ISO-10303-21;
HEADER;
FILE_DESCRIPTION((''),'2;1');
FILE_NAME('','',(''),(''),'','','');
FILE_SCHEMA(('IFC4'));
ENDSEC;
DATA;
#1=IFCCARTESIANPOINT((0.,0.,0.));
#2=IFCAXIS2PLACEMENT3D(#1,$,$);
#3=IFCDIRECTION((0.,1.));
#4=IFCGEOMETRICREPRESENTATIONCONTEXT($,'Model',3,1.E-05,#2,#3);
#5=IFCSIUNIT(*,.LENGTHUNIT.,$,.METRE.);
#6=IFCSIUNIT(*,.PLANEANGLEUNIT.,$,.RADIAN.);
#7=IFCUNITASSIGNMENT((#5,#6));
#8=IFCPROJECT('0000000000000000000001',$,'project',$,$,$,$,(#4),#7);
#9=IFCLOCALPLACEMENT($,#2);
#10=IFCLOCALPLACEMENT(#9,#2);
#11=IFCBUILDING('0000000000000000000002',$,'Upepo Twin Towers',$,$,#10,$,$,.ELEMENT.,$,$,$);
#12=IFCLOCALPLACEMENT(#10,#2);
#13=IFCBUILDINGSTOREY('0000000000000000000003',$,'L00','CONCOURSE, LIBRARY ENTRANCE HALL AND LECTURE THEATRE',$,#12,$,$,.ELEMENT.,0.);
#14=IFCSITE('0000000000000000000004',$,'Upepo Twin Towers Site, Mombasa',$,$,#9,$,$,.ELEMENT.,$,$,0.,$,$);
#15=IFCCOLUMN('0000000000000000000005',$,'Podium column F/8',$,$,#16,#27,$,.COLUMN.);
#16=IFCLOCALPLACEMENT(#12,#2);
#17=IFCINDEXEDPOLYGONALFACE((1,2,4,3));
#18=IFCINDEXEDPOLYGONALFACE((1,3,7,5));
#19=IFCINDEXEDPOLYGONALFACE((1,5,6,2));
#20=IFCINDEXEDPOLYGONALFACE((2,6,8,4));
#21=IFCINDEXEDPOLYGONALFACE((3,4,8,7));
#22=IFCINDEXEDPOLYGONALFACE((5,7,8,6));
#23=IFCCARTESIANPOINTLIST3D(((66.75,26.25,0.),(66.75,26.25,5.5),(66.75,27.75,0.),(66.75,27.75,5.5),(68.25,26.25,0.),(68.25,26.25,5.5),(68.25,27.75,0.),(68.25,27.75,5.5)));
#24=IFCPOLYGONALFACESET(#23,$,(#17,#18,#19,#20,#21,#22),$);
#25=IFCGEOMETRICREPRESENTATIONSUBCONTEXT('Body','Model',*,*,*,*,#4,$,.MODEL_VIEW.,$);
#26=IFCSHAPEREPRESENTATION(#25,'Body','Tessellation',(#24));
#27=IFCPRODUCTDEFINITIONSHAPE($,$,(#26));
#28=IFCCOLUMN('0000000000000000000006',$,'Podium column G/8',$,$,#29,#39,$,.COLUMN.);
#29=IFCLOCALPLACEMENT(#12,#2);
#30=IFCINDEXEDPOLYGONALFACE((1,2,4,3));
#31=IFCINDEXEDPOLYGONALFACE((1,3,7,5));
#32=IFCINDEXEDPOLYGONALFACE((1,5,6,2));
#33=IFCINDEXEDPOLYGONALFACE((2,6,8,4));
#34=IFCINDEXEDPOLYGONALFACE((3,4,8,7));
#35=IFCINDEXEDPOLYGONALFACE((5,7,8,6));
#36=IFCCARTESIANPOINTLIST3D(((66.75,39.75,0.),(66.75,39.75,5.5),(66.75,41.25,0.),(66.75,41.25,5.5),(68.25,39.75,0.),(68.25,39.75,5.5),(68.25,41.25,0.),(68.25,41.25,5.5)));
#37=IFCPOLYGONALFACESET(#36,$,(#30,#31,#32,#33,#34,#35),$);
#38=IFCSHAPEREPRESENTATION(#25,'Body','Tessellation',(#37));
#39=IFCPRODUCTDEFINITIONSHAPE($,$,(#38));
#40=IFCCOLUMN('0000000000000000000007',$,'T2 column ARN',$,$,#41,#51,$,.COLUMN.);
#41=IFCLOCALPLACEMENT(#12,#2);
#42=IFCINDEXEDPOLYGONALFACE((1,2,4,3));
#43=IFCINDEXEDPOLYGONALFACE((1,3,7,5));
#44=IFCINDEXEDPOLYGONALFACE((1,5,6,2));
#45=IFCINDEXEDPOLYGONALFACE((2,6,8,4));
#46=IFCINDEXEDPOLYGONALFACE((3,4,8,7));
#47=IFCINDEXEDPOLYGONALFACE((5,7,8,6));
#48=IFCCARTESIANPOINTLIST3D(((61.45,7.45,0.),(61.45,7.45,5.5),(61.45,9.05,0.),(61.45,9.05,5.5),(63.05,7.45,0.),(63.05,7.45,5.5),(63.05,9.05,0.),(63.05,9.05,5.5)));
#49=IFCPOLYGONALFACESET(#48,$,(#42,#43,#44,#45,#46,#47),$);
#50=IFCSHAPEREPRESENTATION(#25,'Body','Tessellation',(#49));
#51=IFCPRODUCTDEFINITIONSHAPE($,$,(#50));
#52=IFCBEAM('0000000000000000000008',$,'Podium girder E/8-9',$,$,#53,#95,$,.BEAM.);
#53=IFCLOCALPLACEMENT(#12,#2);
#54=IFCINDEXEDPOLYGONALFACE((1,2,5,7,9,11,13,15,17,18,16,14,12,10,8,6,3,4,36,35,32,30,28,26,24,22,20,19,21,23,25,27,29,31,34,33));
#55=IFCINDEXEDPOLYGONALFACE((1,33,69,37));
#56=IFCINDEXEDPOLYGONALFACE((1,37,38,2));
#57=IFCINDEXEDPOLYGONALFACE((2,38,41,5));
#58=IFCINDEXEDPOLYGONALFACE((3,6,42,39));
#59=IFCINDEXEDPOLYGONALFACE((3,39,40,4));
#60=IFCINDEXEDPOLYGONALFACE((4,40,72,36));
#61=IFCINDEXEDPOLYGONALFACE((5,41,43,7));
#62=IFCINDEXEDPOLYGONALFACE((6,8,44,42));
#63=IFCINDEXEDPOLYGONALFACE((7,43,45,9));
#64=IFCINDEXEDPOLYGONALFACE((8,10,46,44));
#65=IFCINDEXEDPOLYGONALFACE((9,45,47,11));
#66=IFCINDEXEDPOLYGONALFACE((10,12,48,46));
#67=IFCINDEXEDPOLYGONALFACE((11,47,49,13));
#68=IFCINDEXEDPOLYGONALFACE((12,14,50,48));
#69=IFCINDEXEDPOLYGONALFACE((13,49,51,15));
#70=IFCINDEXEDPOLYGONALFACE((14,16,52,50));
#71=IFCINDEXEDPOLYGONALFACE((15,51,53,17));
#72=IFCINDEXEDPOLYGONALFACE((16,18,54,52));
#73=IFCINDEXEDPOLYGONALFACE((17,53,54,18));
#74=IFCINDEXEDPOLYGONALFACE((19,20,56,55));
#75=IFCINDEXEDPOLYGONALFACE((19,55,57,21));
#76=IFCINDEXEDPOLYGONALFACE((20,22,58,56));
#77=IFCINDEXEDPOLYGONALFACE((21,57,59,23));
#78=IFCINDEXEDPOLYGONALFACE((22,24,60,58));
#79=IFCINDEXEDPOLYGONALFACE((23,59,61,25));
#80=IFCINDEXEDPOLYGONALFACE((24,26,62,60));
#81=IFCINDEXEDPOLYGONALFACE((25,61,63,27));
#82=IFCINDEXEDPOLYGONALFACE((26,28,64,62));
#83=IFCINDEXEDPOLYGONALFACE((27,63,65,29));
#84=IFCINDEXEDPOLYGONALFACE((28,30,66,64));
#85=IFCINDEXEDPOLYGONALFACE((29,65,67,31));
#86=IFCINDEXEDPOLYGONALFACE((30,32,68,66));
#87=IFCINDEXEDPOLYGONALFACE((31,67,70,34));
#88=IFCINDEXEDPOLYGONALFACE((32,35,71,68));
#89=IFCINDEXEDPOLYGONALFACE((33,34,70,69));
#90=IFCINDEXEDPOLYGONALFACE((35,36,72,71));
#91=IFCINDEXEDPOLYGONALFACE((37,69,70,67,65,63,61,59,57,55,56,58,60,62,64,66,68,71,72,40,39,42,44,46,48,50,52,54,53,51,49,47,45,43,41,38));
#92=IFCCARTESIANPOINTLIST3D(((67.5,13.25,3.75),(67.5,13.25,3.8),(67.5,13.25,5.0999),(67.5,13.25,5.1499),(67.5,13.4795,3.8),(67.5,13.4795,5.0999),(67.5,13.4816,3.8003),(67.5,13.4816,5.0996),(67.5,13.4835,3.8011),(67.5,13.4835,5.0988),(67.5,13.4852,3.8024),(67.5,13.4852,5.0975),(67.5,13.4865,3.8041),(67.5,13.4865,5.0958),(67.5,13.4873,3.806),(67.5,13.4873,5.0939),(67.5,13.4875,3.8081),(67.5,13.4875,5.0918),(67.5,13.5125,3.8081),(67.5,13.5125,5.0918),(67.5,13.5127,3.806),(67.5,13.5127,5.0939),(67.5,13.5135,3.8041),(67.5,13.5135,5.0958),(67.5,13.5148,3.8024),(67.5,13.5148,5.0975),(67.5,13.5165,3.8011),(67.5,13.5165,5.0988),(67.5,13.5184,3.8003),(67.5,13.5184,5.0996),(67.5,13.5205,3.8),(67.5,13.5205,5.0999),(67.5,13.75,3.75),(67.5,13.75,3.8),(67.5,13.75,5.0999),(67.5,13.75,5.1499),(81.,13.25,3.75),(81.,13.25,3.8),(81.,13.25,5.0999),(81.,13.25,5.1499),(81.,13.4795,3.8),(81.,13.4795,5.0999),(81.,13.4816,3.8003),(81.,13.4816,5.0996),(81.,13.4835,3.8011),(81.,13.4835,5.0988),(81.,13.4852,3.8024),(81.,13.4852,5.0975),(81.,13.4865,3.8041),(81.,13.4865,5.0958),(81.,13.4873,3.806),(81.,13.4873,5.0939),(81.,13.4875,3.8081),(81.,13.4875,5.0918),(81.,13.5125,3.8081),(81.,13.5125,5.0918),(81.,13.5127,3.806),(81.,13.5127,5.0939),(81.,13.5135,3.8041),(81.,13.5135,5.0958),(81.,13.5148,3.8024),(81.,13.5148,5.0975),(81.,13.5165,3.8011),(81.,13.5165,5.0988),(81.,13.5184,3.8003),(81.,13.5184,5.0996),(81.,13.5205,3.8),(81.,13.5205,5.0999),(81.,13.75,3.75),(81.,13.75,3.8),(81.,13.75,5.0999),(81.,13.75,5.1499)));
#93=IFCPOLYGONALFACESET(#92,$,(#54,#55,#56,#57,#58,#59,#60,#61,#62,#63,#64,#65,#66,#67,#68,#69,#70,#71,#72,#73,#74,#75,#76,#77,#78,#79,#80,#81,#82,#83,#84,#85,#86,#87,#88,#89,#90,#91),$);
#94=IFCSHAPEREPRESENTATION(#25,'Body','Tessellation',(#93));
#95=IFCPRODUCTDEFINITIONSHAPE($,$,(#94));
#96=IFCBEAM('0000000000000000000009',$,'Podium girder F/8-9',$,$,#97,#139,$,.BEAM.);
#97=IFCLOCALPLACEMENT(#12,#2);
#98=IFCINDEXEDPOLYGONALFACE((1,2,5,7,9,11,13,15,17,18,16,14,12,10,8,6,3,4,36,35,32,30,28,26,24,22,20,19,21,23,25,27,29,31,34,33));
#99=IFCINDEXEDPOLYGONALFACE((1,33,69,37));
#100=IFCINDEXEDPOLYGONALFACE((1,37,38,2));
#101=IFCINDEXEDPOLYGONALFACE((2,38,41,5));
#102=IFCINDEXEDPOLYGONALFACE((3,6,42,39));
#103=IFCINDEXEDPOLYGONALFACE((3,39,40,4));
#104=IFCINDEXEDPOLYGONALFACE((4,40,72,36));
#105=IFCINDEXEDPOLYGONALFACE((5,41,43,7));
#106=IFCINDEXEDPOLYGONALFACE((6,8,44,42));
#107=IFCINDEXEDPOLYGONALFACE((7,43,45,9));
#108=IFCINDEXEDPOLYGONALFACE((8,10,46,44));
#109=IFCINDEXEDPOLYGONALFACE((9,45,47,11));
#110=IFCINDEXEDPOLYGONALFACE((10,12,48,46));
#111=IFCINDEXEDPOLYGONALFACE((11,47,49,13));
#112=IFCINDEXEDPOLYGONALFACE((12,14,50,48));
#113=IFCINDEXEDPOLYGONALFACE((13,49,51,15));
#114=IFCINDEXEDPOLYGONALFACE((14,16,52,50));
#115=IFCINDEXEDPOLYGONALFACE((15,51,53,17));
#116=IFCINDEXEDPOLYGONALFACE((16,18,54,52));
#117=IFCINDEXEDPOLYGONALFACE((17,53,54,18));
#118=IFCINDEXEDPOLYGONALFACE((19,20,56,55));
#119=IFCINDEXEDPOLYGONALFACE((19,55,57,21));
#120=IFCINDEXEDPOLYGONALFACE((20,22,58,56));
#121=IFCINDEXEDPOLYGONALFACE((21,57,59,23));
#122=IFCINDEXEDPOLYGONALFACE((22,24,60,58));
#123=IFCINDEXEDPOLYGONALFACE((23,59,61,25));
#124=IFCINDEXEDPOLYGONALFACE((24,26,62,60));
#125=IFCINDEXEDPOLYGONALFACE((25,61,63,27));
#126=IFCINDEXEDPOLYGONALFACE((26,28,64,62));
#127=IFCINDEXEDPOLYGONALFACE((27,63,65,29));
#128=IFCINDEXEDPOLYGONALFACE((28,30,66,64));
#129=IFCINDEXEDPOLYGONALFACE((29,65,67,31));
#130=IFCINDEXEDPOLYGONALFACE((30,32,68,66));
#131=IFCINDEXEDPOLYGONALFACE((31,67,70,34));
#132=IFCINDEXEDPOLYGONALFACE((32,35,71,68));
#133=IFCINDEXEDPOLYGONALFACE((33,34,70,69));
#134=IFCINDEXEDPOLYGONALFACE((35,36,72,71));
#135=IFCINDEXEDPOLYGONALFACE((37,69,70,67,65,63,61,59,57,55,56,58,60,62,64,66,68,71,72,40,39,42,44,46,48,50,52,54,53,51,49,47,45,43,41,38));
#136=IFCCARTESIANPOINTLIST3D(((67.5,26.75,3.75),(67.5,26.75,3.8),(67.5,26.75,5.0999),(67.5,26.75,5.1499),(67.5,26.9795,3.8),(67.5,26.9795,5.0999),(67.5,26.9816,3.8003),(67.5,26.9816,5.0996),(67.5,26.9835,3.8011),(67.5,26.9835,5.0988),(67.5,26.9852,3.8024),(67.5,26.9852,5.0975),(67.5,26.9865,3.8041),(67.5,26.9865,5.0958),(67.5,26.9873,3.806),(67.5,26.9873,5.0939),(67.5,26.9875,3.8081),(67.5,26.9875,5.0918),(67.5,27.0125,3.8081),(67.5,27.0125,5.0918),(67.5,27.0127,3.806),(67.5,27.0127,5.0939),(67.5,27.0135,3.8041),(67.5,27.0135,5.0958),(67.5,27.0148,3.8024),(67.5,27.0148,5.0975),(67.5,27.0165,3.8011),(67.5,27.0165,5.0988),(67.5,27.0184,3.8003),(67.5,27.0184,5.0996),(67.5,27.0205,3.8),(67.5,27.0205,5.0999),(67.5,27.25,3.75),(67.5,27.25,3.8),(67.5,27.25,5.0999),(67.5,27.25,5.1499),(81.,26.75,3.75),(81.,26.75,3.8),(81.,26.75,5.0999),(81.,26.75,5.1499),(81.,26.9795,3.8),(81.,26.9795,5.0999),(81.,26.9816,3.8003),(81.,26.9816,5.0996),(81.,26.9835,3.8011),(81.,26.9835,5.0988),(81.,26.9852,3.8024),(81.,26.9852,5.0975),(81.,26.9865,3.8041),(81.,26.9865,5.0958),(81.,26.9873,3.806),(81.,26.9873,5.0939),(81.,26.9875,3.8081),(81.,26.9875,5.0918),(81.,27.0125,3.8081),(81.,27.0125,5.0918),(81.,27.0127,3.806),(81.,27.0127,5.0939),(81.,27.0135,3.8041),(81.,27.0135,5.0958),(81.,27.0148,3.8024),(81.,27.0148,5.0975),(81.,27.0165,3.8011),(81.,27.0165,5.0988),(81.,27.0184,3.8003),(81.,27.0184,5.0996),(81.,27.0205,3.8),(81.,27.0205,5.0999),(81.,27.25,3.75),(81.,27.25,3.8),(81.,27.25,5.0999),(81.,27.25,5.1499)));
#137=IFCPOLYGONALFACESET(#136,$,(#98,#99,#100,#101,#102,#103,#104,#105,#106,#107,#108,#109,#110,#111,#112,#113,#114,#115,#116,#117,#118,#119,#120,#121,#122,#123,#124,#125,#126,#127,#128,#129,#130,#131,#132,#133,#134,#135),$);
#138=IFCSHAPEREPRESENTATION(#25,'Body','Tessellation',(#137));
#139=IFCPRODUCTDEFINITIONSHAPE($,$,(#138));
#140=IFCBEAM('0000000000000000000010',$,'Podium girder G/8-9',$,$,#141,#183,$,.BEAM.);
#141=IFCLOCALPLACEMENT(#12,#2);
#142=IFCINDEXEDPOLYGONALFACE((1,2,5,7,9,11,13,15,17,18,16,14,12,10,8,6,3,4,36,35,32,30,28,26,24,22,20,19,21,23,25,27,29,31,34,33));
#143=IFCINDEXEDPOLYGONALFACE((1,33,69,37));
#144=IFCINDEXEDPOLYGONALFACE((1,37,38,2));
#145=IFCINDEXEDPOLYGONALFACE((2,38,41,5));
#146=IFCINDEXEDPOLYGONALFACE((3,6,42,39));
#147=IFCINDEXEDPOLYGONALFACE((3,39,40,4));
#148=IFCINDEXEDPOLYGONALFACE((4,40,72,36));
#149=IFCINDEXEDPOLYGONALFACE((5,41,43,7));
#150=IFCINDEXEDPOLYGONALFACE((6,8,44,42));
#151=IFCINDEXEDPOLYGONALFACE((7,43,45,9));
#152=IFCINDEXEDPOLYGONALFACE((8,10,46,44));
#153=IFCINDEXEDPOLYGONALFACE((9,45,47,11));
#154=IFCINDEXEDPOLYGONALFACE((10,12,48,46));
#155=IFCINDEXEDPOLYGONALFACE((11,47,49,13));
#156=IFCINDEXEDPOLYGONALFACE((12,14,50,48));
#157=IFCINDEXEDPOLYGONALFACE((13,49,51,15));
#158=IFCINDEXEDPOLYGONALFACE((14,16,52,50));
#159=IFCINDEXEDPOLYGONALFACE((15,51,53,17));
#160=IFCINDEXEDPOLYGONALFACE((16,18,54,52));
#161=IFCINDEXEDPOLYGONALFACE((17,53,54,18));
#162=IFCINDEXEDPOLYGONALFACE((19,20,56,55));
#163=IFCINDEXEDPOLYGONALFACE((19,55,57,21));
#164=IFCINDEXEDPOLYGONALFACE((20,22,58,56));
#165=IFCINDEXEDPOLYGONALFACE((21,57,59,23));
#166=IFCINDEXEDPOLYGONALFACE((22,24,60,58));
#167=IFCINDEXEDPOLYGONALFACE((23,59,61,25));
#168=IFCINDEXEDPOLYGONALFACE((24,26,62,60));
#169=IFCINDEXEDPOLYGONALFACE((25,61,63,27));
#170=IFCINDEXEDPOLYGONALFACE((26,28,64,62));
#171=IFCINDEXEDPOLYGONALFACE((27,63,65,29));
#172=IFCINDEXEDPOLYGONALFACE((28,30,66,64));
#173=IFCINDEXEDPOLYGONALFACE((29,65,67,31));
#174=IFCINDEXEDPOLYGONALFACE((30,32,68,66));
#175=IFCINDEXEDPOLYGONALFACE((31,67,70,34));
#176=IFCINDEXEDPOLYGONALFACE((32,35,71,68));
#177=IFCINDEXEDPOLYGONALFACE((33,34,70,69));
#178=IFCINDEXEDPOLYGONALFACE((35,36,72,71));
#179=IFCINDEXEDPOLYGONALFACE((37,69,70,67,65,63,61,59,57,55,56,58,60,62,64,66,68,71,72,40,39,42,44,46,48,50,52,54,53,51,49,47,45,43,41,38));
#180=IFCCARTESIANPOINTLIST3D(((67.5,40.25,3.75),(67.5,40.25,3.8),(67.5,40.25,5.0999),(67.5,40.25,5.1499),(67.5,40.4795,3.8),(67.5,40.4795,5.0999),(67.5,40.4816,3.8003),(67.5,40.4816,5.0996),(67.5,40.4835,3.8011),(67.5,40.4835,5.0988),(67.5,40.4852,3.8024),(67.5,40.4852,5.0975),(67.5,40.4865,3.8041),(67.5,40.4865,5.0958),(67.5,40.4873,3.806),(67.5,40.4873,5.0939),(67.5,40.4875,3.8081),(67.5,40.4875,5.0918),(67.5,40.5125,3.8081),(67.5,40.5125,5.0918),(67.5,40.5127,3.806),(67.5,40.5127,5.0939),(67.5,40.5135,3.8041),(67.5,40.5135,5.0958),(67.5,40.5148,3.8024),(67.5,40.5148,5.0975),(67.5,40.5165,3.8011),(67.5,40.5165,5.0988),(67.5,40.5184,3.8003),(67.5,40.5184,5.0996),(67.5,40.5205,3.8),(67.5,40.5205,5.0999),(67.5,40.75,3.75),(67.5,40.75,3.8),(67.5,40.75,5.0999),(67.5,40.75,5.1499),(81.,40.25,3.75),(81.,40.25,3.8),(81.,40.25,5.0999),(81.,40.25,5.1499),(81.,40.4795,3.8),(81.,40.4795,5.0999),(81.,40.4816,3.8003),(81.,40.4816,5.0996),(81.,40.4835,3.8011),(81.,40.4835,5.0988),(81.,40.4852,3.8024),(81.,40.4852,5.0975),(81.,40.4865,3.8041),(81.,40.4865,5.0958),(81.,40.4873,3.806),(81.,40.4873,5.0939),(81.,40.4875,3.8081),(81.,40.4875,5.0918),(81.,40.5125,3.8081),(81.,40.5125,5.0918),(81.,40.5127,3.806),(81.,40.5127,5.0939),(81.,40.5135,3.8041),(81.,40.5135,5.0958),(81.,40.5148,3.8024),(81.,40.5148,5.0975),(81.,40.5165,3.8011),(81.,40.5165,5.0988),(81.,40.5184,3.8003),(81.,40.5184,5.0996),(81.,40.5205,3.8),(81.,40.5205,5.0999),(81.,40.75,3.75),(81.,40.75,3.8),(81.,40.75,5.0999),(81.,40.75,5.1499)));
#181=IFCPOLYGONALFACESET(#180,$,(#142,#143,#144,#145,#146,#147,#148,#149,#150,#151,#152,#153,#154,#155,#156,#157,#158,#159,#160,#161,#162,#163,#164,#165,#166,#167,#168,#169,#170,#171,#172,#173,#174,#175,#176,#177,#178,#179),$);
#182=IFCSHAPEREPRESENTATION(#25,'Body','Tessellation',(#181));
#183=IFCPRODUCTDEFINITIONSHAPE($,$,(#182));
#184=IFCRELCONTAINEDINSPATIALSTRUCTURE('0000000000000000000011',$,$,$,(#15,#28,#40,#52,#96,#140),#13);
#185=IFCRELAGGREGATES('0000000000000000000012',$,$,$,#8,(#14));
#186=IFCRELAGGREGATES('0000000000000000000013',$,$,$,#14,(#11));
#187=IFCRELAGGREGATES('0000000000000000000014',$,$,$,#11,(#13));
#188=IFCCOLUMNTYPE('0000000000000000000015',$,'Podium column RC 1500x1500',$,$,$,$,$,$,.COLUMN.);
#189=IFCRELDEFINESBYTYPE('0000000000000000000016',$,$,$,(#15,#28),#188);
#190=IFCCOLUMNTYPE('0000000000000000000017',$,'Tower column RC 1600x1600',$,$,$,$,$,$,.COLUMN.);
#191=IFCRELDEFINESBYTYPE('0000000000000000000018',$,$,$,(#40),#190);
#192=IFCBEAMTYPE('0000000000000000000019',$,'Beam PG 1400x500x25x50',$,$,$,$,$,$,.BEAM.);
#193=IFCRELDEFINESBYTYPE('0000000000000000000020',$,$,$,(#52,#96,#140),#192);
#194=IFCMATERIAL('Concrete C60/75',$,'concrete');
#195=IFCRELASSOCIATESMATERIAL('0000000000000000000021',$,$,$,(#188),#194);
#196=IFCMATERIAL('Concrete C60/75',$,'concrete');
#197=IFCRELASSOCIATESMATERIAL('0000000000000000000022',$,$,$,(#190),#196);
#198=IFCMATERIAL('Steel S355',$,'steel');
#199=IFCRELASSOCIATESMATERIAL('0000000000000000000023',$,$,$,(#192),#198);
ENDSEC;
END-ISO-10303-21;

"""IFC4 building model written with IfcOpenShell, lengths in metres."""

from ifc_helpers import new_model, si_unit, direction, frame, origin, origin_2d, place, context, subcontext, project, spatial, rectangle, i_section, extrude, material, material_profile, profile_set, type_object, element, save


model = new_model("IFC4")

# Units and contexts
model_context = context("Model", 3, precision=1e-05, world=origin(), true_north=direction((0.0, 1.0)))
body_context = subcontext(model_context, "Body", "Model", "MODEL_VIEW")
ifc_project = project(units=[si_unit("LENGTHUNIT", "METRE"), si_unit("PLANEANGLEUNIT", "RADIAN")], contexts=[model_context])

# Site, building, storey
site_placement = place(None, origin())
site = spatial("IfcSite", under=ifc_project, at=site_placement, Name="Upepo Twin Towers Site, Mombasa", CompositionType="ELEMENT", RefElevation=0.0)
building_placement = place(site_placement, origin())
building = spatial("IfcBuilding", under=site, at=building_placement, Name="Upepo Twin Towers", CompositionType="ELEMENT")
storey_placement = place(building_placement, origin())
storey = spatial("IfcBuildingStorey", under=building, at=storey_placement, Name="L00", Description="CONCOURSE, LIBRARY ENTRANCE HALL AND LECTURE THEATRE", CompositionType="ELEMENT", Elevation=0.0)

# Columns
ifc_material_1 = material(Name="Concrete C60/75", Category="concrete")
ifc_material_profile_1 = material_profile(ifc_material_1, rectangle(XDim=1.5, YDim=1.5, at=origin_2d()), Name="RC 1500x1500")
ifc_profile_set_1 = profile_set([ifc_material_profile_1], Name="Concrete C60/75")
column_type_1 = type_object("IfcColumnType", Name="Podium column RC 1500x1500", PredefinedType="COLUMN", material=ifc_profile_set_1)
for number, where, z_axis, x_axis, name in (
    (1, (67.5, 27.0, 0.0), (0.0, 0.0, 1.0), (1.0, 0.0, 0.0), "Podium column F/8"),
    (2, (67.5, 40.5, 0.0), (0.0, 0.0, 1.0), (1.0, 0.0, 0.0), "Podium column G/8"),
):
    element("IfcColumn", number, at=place(storey_placement, frame(where, z_axis=z_axis, x_axis=x_axis)), inside=storey, type_object=column_type_1, Name=name, PredefinedType="COLUMN", context=body_context, shape_type="SweptSolid", body=[
        extrude(rectangle(XDim=1.5, YDim=1.5, at=origin_2d()), origin(), (0.0, 0.0, 1.0), 5.5),
    ])
ifc_material_2 = material(Name="Concrete C60/75", Category="concrete")
ifc_material_profile_2 = material_profile(ifc_material_2, rectangle(XDim=1.6001, YDim=1.6001, at=origin_2d()), Name="RC 1600x1600")
ifc_profile_set_2 = profile_set([ifc_material_profile_2], Name="Concrete C60/75")
column_type_2 = type_object("IfcColumnType", Name="Tower column RC 1600x1600", PredefinedType="COLUMN", material=ifc_profile_set_2)
column_placement = place(storey_placement, frame((62.25, 8.25, 0.0), z_axis=(0.0, 0.0, 1.0), x_axis=(1.0, 0.0, 0.0)))
element("IfcColumn", 3, at=column_placement, inside=storey, type_object=column_type_2, Name="T2 column ARN", PredefinedType="COLUMN", context=body_context, shape_type="SweptSolid", body=[
    extrude(rectangle(XDim=1.6001, YDim=1.6001, at=origin_2d()), origin(), (0.0, 0.0, 1.0), 5.5),
])

# Beams
ifc_material_3 = material(Name="Steel S355", Category="steel")
ifc_material_profile_3 = material_profile(ifc_material_3, i_section(OverallWidth=0.5, OverallDepth=1.3999, WebThickness=0.0249, FlangeThickness=0.05, FilletRadius=0.0081, at=origin_2d()), Name="PG 1400x500x25x50")
ifc_profile_set_3 = profile_set([ifc_material_profile_3], Name="Steel S355")
beam_type_1 = type_object("IfcBeamType", Name="Beam PG 1400x500x25x50", PredefinedType="BEAM", material=ifc_profile_set_3)
for number, where, z_axis, x_axis, name in (
    (4, (67.5, 13.5, 4.45), (1.0, 0.0, 0.0), (0.0, 1.0, 0.0), "Podium girder E/8-9"),
    (5, (67.5, 27.0, 4.45), (1.0, 0.0, 0.0), (0.0, 1.0, 0.0), "Podium girder F/8-9"),
    (6, (67.5, 40.5, 4.45), (1.0, 0.0, 0.0), (0.0, 1.0, 0.0), "Podium girder G/8-9"),
):
    element("IfcBeam", number, at=place(storey_placement, frame(where, z_axis=z_axis, x_axis=x_axis)), inside=storey, type_object=beam_type_1, Name=name, PredefinedType="BEAM", context=body_context, shape_type="SweptSolid", body=[
        extrude(i_section(OverallWidth=0.5, OverallDepth=1.3999, WebThickness=0.0249, FlangeThickness=0.05, FilletRadius=0.0081, at=origin_2d()), origin(), (0.0, 0.0, 1.0), 13.5),
    ])

save(model, "model.ifc")
